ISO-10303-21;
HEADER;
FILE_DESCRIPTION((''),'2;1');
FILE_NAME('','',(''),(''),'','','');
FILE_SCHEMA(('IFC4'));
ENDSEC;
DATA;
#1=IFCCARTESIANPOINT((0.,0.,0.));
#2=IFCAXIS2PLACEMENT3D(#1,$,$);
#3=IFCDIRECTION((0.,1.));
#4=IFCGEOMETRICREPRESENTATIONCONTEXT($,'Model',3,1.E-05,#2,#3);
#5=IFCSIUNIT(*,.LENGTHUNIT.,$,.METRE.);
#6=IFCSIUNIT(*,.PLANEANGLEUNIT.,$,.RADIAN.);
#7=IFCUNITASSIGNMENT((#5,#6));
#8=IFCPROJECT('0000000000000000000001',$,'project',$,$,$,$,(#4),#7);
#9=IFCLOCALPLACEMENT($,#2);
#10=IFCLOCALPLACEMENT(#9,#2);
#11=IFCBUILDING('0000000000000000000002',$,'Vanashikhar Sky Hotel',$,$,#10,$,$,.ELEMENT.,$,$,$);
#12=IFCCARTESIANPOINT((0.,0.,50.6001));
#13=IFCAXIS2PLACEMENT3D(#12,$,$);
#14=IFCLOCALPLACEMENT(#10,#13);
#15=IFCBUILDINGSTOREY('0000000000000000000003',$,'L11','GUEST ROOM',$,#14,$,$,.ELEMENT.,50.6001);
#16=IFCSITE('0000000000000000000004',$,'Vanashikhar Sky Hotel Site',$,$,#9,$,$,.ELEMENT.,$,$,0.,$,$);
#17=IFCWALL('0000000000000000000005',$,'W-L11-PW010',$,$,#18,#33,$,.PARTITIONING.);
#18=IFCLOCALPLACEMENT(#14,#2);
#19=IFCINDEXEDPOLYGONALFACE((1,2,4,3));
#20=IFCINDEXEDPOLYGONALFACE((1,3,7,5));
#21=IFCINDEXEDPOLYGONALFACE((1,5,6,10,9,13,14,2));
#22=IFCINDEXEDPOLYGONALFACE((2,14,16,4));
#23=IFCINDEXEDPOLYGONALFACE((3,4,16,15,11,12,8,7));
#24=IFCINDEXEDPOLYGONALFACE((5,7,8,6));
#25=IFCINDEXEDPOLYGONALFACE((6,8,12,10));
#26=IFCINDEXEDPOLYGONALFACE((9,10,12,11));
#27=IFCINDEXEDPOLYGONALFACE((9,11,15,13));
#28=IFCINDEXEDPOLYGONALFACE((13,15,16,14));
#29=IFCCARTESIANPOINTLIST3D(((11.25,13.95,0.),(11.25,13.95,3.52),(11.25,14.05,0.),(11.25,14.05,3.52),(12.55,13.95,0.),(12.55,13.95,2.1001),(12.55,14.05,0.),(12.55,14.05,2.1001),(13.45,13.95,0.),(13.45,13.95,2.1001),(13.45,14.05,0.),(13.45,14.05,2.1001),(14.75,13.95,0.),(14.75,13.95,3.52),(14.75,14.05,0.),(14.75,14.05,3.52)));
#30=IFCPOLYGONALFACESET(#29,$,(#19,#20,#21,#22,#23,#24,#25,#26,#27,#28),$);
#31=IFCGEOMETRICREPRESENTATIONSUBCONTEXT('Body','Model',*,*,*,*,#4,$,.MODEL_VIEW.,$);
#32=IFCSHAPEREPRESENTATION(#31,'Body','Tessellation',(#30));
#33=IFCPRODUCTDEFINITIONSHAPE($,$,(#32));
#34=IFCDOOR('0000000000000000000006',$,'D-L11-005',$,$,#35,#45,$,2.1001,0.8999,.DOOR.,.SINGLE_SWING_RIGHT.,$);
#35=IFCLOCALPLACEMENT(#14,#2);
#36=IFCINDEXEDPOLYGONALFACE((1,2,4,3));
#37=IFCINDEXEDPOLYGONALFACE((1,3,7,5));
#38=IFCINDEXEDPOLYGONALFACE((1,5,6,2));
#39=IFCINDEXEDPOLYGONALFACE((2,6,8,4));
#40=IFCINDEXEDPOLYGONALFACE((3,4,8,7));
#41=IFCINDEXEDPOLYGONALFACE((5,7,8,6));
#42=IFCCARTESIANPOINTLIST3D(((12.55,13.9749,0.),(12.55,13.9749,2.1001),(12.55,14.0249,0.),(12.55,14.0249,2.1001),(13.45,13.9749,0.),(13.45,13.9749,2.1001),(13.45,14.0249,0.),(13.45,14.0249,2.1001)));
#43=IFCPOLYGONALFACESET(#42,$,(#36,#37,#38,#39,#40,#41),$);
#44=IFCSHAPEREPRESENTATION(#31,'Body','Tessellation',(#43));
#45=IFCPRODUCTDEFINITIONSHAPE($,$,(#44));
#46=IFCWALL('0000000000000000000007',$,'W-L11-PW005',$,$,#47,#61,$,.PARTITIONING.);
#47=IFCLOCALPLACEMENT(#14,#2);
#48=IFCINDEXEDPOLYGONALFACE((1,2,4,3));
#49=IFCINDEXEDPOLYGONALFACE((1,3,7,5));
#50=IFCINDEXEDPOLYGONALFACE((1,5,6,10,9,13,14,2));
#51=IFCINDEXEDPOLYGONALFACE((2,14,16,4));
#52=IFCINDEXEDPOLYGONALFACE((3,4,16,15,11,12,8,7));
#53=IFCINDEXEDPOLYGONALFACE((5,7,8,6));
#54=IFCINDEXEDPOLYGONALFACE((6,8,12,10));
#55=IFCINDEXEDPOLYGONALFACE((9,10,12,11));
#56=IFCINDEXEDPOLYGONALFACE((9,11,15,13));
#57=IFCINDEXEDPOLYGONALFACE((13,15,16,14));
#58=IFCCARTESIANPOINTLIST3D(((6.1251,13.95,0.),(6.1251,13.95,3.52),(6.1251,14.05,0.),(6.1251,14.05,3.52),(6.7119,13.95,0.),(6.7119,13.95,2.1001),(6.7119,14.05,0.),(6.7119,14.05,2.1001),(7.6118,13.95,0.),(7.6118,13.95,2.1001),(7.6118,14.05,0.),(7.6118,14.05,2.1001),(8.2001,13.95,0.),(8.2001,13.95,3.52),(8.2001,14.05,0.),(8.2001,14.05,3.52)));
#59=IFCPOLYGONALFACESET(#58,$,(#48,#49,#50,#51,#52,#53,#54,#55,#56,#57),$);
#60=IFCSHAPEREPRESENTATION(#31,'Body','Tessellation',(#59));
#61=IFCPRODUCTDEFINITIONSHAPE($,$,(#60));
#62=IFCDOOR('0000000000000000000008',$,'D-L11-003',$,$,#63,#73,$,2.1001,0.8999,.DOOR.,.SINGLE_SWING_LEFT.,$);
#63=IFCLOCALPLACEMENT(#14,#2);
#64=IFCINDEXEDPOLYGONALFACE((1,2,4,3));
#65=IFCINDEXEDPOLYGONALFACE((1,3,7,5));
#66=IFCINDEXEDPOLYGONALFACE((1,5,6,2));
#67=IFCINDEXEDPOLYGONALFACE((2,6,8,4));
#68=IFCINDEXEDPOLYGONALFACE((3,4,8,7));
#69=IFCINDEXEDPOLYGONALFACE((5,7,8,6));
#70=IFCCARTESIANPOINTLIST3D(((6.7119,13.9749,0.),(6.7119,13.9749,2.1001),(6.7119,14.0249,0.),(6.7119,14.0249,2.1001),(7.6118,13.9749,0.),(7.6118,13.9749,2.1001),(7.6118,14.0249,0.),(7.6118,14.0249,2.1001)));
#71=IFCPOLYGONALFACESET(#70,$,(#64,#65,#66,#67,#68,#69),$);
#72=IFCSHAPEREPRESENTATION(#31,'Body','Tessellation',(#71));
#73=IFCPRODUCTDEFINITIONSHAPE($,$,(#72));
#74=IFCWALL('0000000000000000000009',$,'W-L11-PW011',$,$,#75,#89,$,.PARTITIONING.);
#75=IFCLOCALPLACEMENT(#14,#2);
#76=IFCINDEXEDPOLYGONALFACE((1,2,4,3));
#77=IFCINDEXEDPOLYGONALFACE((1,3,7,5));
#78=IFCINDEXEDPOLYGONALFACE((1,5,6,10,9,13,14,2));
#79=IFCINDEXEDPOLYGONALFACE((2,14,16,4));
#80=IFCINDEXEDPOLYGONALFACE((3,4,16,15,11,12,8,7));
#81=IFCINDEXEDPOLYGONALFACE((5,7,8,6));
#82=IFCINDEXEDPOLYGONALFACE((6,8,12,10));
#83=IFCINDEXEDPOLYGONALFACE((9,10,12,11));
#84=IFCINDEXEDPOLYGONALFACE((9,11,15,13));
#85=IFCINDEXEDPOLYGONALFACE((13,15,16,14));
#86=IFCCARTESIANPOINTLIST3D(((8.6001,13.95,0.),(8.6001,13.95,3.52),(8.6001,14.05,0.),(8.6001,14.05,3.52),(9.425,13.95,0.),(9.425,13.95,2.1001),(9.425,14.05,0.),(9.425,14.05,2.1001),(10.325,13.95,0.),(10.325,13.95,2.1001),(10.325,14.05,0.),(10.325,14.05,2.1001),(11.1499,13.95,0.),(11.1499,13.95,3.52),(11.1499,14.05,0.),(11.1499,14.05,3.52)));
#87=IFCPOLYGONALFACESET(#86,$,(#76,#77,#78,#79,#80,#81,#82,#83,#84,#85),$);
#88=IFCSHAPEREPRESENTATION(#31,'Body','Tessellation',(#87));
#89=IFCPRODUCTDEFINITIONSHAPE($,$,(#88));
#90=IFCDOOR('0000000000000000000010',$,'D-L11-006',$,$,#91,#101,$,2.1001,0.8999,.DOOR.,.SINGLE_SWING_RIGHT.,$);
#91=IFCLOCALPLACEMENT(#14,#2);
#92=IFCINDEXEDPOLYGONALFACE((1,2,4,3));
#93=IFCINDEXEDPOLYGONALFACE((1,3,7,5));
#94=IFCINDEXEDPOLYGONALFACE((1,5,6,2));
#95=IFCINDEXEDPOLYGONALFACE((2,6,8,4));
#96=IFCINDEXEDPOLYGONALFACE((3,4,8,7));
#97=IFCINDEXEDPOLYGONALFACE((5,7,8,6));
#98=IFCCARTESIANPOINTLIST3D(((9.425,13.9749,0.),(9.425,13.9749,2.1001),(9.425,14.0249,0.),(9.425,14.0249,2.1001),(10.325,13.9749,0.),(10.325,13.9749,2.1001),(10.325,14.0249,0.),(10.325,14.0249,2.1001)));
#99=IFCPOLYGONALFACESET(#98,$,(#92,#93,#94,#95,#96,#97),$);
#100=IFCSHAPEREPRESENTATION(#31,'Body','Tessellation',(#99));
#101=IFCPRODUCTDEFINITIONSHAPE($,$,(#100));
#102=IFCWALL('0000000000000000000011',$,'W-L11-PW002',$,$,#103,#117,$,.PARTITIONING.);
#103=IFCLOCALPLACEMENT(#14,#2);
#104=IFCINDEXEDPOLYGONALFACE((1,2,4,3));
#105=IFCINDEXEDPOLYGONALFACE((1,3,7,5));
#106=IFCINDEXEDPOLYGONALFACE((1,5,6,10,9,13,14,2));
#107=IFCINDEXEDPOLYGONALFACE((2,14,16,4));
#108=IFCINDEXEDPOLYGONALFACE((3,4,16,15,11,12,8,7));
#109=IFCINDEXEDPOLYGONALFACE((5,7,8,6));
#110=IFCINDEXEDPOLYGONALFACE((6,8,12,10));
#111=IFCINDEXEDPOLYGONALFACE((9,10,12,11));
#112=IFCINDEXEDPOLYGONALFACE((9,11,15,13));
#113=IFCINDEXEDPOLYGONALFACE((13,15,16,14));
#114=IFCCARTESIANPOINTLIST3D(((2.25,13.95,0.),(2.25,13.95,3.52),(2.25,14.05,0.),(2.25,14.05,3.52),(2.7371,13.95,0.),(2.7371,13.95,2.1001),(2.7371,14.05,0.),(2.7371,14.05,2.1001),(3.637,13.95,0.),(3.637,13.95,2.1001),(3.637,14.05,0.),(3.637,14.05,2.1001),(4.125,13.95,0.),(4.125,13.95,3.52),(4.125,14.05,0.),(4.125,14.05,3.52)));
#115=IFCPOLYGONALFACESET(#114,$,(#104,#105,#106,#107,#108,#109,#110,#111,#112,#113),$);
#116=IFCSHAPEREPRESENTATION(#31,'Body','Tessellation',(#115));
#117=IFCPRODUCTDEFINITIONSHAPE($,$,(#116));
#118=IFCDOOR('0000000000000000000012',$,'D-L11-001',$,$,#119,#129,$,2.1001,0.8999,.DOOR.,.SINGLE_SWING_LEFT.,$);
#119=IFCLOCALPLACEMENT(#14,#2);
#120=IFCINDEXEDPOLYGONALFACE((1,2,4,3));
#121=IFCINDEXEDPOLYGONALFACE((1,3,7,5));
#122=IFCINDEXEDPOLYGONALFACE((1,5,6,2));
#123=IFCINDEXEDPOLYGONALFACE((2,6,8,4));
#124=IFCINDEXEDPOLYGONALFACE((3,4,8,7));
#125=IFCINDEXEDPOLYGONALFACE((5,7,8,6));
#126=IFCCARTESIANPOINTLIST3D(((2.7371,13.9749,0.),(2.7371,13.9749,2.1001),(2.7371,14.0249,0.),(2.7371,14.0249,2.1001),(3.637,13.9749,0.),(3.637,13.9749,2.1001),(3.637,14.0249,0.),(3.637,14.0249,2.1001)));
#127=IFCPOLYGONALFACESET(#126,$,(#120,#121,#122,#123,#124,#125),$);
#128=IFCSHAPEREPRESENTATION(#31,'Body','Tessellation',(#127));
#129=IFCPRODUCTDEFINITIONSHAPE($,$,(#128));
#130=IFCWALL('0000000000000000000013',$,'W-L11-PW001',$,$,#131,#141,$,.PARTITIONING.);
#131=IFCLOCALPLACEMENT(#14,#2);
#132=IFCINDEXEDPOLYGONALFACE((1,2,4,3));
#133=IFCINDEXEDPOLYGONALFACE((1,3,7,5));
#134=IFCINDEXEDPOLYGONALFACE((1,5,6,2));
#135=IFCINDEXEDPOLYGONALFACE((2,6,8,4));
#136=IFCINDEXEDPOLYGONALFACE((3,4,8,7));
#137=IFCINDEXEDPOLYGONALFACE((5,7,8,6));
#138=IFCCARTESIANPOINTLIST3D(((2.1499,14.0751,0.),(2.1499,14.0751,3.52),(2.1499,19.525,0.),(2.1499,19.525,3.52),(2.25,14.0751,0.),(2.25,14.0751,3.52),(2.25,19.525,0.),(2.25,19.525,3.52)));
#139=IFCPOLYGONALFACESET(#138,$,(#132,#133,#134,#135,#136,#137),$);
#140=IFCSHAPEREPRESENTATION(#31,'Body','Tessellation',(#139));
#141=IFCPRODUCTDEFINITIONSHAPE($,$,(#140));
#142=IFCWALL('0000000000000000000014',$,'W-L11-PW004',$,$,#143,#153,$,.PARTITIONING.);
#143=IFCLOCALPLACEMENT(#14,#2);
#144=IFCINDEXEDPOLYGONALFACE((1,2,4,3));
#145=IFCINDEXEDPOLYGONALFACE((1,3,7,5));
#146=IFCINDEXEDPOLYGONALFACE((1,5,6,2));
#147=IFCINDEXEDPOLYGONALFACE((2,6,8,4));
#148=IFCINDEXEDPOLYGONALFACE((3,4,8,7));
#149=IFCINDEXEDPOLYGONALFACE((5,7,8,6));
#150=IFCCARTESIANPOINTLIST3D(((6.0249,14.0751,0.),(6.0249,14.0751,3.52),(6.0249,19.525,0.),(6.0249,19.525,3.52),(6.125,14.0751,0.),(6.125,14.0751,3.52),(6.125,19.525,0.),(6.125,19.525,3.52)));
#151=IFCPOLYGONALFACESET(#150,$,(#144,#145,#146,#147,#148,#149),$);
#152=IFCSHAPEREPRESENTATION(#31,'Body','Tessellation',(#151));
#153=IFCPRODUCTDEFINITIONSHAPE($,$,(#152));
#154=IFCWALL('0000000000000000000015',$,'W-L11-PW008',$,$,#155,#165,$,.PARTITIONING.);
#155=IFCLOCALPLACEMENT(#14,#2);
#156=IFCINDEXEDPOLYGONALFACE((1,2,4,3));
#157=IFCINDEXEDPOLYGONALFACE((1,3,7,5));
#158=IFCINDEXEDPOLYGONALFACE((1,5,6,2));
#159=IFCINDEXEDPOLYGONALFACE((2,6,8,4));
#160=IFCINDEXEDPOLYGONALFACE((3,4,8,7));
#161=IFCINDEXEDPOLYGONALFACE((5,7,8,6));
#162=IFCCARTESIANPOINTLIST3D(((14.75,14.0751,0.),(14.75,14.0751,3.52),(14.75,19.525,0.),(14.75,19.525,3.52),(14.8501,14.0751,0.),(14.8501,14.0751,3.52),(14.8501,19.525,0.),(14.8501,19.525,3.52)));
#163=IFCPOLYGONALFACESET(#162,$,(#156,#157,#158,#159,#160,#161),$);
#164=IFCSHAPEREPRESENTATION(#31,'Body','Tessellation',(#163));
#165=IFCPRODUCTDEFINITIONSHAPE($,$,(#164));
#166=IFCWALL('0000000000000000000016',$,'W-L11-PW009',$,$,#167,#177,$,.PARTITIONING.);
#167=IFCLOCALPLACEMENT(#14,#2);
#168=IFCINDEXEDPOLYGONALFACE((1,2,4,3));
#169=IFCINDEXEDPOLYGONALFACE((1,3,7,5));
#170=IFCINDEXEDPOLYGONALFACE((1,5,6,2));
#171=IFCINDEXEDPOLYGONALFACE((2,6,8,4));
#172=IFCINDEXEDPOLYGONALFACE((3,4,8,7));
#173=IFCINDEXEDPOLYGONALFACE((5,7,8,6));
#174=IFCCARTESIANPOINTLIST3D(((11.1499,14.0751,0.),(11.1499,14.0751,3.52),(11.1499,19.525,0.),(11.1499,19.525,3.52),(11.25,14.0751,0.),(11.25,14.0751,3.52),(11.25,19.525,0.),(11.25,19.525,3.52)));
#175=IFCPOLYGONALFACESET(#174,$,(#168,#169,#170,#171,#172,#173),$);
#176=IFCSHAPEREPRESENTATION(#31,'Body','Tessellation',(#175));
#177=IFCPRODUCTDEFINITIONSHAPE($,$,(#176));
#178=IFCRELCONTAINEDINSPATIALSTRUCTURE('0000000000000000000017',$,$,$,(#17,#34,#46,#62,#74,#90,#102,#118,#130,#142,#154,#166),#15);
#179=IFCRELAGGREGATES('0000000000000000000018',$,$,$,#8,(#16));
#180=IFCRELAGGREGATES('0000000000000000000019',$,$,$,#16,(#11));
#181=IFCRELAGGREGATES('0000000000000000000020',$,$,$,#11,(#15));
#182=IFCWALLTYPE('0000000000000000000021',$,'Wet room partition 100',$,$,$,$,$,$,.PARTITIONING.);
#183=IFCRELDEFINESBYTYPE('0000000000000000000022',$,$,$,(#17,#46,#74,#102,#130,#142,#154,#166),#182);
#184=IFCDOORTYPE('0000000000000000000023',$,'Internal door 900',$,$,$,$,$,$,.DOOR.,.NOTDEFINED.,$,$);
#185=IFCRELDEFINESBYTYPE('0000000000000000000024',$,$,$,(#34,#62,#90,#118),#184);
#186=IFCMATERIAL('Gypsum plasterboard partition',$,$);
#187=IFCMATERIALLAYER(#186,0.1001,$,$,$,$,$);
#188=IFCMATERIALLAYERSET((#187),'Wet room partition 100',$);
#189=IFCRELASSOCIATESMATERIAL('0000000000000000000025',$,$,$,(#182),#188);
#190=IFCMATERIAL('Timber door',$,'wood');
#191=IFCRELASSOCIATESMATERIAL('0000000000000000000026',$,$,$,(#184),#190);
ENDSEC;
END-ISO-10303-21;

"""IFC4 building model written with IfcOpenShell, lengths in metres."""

from ifc_helpers import new_model, si_unit, direction, frame, frame_2d, origin, place, context, subcontext, project, spatial, rectangle, extrude, source, transform, mapped, material, layer, layer_set, type_object, element, fill, save


model = new_model("IFC4")

# Units and contexts
model_context = context("Model", 3, precision=1e-05, world=origin(), true_north=direction((0.0, 1.0)))
body_context = subcontext(model_context, "Body", "Model", "MODEL_VIEW")
ifc_project = project(units=[si_unit("LENGTHUNIT", "METRE"), si_unit("PLANEANGLEUNIT", "RADIAN")], contexts=[model_context])

# Site, building, storey
site_placement = place(None, origin())
site = spatial("IfcSite", under=ifc_project, at=site_placement, Name="Vanashikhar Sky Hotel Site", CompositionType="ELEMENT", RefElevation=0.0)
building_placement = place(site_placement, origin())
building = spatial("IfcBuilding", under=site, at=building_placement, Name="Vanashikhar Sky Hotel", CompositionType="ELEMENT")
storey_placement = place(building_placement, frame((0.0, 0.0, 50.6001)))
storey = spatial("IfcBuildingStorey", under=building, at=storey_placement, Name="L11", Description="GUEST ROOM", CompositionType="ELEMENT", Elevation=50.6001)

# Shared definitions
ifc_material_1 = material(Name="Gypsum plasterboard partition")

# Walls, openings, doors
ifc_layer_1 = layer(ifc_material_1, 0.1001)
ifc_layer_set_1 = layer_set([ifc_layer_1], Name="Wet room partition 100")
wall_type_1 = type_object("IfcWallType", Name="Wet room partition 100", PredefinedType="PARTITIONING", material=ifc_layer_set_1)
shared_shape_1 = source(origin(), body_context, "Body", "SweptSolid", [
    extrude(rectangle(XDim=3.5, YDim=0.1001, at=frame_2d((1.75, 0.0))), origin(), (0.0, 0.0, 1.0), 3.52),
])
wall_1_placement = place(storey_placement, frame((11.25, 14.0, 0.0), z_axis=(0.0, 0.0, 1.0), x_axis=(1.0, 0.0, 0.0)))
wall_1 = element("IfcWall", 1, at=wall_1_placement, inside=storey, type_object=wall_type_1, Name="W-L11-PW010", PredefinedType="PARTITIONING", context=body_context, shape_type="MappedRepresentation", body=[
    mapped(shared_shape_1, transform((0.0, 0.0, 0.0), scale=1.0)),
])
shared_shape_2 = source(origin(), body_context, "Body", "SweptSolid", [
    extrude(rectangle(XDim=0.8999, YDim=2.1001, at=frame_2d((0.45, 1.05))), frame((0.0, 0.0601, 0.0), z_axis=(0.0, -1.0, 0.0), x_axis=(1.0, 0.0, 0.0)), (0.0, 0.0, 1.0), 0.1201),
])
opening_1_placement = place(wall_1_placement, frame((1.3, 0.0, 0.0)))
opening_1 = element("IfcOpeningElement", 2, at=opening_1_placement, cuts=wall_1, PredefinedType="OPENING", context=body_context, shape_type="MappedRepresentation", body=[
    mapped(shared_shape_2, transform((0.0, 0.0, 0.0), scale=1.0)),
])
ifc_material_2 = material(Name="Timber door", Category="wood")
door_type = type_object("IfcDoorType", Name="Internal door 900", OperationType="NOTDEFINED", PredefinedType="DOOR", material=ifc_material_2)
shared_shape_3 = source(origin(), body_context, "Body", "SweptSolid", [
    extrude(rectangle(XDim=0.8999, YDim=2.1001, at=frame_2d((0.45, 1.05))), frame((0.0, 0.0249, 0.0), z_axis=(0.0, -1.0, 0.0), x_axis=(1.0, 0.0, 0.0)), (0.0, 0.0, 1.0), 0.05),
])
door_1_placement = place(opening_1_placement, origin())
door_1 = element("IfcDoor", 3, at=door_1_placement, inside=storey, type_object=door_type, Name="D-L11-005", OperationType="SINGLE_SWING_RIGHT", OverallHeight=2.1001, OverallWidth=0.8999, PredefinedType="DOOR", context=body_context, shape_type="MappedRepresentation", body=[
    mapped(shared_shape_3, transform((0.0, 0.0, 0.0), scale=1.0)),
])
fill(opening_1, door_1)
shared_shape_4 = source(origin(), body_context, "Body", "SweptSolid", [
    extrude(rectangle(XDim=2.075, YDim=0.1001, at=frame_2d((1.0376, 0.0))), origin(), (0.0, 0.0, 1.0), 3.52),
])
wall_2_placement = place(storey_placement, frame((6.125, 14.0, 0.0), z_axis=(0.0, 0.0, 1.0), x_axis=(1.0, 0.0, 0.0)))
wall_2 = element("IfcWall", 4, at=wall_2_placement, inside=storey, type_object=wall_type_1, Name="W-L11-PW005", PredefinedType="PARTITIONING", context=body_context, shape_type="MappedRepresentation", body=[
    mapped(shared_shape_4, transform((0.0, 0.0, 0.0), scale=1.0)),
])
opening_2_placement = place(wall_2_placement, frame((0.5869, 0.0, 0.0)))
opening_2 = element("IfcOpeningElement", 5, at=opening_2_placement, cuts=wall_2, PredefinedType="OPENING", context=body_context, shape_type="MappedRepresentation", body=[
    mapped(shared_shape_2, transform((0.0, 0.0, 0.0), scale=1.0)),
])
door_2_placement = place(opening_2_placement, origin())
door_2 = element("IfcDoor", 6, at=door_2_placement, inside=storey, type_object=door_type, Name="D-L11-003", OperationType="SINGLE_SWING_LEFT", OverallHeight=2.1001, OverallWidth=0.8999, PredefinedType="DOOR", context=body_context, shape_type="MappedRepresentation", body=[
    mapped(shared_shape_3, transform((0.0, 0.0, 0.0), scale=1.0)),
])
fill(opening_2, door_2)
shared_shape_5 = source(origin(), body_context, "Body", "SweptSolid", [
    extrude(rectangle(XDim=2.5498, YDim=0.1001, at=frame_2d((1.2749, 0.0))), origin(), (0.0, 0.0, 1.0), 3.52),
])
wall_3_placement = place(storey_placement, frame((8.6001, 14.0, 0.0), z_axis=(0.0, 0.0, 1.0), x_axis=(1.0, 0.0, 0.0)))
wall_3 = element("IfcWall", 7, at=wall_3_placement, inside=storey, type_object=wall_type_1, Name="W-L11-PW011", PredefinedType="PARTITIONING", context=body_context, shape_type="MappedRepresentation", body=[
    mapped(shared_shape_5, transform((0.0, 0.0, 0.0), scale=1.0)),
])
opening_3_placement = place(wall_3_placement, frame((0.825, 0.0, 0.0)))
opening_3 = element("IfcOpeningElement", 8, at=opening_3_placement, cuts=wall_3, PredefinedType="OPENING", context=body_context, shape_type="MappedRepresentation", body=[
    mapped(shared_shape_2, transform((0.0, 0.0, 0.0), scale=1.0)),
])
door_3_placement = place(opening_3_placement, origin())
door_3 = element("IfcDoor", 9, at=door_3_placement, inside=storey, type_object=door_type, Name="D-L11-006", OperationType="SINGLE_SWING_RIGHT", OverallHeight=2.1001, OverallWidth=0.8999, PredefinedType="DOOR", context=body_context, shape_type="MappedRepresentation", body=[
    mapped(shared_shape_3, transform((0.0, 0.0, 0.0), scale=1.0)),
])
fill(opening_3, door_3)
shared_shape_6 = source(origin(), body_context, "Body", "SweptSolid", [
    extrude(rectangle(XDim=1.875, YDim=0.1001, at=frame_2d((0.9375, 0.0))), origin(), (0.0, 0.0, 1.0), 3.52),
])
wall_4_placement = place(storey_placement, frame((2.25, 14.0, 0.0), z_axis=(0.0, 0.0, 1.0), x_axis=(1.0, 0.0, 0.0)))
wall_4 = element("IfcWall", 10, at=wall_4_placement, inside=storey, type_object=wall_type_1, Name="W-L11-PW002", PredefinedType="PARTITIONING", context=body_context, shape_type="MappedRepresentation", body=[
    mapped(shared_shape_6, transform((0.0, 0.0, 0.0), scale=1.0)),
])
opening_4_placement = place(wall_4_placement, frame((0.4871, 0.0, 0.0)))
opening_4 = element("IfcOpeningElement", 11, at=opening_4_placement, cuts=wall_4, PredefinedType="OPENING", context=body_context, shape_type="MappedRepresentation", body=[
    mapped(shared_shape_2, transform((0.0, 0.0, 0.0), scale=1.0)),
])
door_4_placement = place(opening_4_placement, origin())
door_4 = element("IfcDoor", 12, at=door_4_placement, inside=storey, type_object=door_type, Name="D-L11-001", OperationType="SINGLE_SWING_LEFT", OverallHeight=2.1001, OverallWidth=0.8999, PredefinedType="DOOR", context=body_context, shape_type="MappedRepresentation", body=[
    mapped(shared_shape_3, transform((0.0, 0.0, 0.0), scale=1.0)),
])
fill(opening_4, door_4)

# Walls
shared_shape_7 = source(origin(), body_context, "Body", "SweptSolid", [
    extrude(rectangle(XDim=5.45, YDim=0.1001, at=frame_2d((2.7251, 0.0))), origin(), (0.0, 0.0, 1.0), 3.52),
])
for number, where, z_axis, x_axis, name in (
    (13, (2.2, 14.075, 0.0), (0.0, 0.0, 1.0), (0.0, 1.0, 0.0), "W-L11-PW001"),
    (14, (6.075, 14.075, 0.0), (0.0, 0.0, 1.0), (0.0, 1.0, 0.0), "W-L11-PW004"),
    (15, (14.8, 14.075, 0.0), (0.0, 0.0, 1.0), (0.0, 1.0, 0.0), "W-L11-PW008"),
    (16, (11.2, 14.075, 0.0), (0.0, 0.0, 1.0), (0.0, 1.0, 0.0), "W-L11-PW009"),
):
    element("IfcWall", number, at=place(storey_placement, frame(where, z_axis=z_axis, x_axis=x_axis)), inside=storey, type_object=wall_type_1, Name=name, PredefinedType="PARTITIONING", context=body_context, shape_type="MappedRepresentation", body=[
        mapped(shared_shape_7, transform((0.0, 0.0, 0.0), scale=1.0)),
    ])

save(model, "model.ifc")
